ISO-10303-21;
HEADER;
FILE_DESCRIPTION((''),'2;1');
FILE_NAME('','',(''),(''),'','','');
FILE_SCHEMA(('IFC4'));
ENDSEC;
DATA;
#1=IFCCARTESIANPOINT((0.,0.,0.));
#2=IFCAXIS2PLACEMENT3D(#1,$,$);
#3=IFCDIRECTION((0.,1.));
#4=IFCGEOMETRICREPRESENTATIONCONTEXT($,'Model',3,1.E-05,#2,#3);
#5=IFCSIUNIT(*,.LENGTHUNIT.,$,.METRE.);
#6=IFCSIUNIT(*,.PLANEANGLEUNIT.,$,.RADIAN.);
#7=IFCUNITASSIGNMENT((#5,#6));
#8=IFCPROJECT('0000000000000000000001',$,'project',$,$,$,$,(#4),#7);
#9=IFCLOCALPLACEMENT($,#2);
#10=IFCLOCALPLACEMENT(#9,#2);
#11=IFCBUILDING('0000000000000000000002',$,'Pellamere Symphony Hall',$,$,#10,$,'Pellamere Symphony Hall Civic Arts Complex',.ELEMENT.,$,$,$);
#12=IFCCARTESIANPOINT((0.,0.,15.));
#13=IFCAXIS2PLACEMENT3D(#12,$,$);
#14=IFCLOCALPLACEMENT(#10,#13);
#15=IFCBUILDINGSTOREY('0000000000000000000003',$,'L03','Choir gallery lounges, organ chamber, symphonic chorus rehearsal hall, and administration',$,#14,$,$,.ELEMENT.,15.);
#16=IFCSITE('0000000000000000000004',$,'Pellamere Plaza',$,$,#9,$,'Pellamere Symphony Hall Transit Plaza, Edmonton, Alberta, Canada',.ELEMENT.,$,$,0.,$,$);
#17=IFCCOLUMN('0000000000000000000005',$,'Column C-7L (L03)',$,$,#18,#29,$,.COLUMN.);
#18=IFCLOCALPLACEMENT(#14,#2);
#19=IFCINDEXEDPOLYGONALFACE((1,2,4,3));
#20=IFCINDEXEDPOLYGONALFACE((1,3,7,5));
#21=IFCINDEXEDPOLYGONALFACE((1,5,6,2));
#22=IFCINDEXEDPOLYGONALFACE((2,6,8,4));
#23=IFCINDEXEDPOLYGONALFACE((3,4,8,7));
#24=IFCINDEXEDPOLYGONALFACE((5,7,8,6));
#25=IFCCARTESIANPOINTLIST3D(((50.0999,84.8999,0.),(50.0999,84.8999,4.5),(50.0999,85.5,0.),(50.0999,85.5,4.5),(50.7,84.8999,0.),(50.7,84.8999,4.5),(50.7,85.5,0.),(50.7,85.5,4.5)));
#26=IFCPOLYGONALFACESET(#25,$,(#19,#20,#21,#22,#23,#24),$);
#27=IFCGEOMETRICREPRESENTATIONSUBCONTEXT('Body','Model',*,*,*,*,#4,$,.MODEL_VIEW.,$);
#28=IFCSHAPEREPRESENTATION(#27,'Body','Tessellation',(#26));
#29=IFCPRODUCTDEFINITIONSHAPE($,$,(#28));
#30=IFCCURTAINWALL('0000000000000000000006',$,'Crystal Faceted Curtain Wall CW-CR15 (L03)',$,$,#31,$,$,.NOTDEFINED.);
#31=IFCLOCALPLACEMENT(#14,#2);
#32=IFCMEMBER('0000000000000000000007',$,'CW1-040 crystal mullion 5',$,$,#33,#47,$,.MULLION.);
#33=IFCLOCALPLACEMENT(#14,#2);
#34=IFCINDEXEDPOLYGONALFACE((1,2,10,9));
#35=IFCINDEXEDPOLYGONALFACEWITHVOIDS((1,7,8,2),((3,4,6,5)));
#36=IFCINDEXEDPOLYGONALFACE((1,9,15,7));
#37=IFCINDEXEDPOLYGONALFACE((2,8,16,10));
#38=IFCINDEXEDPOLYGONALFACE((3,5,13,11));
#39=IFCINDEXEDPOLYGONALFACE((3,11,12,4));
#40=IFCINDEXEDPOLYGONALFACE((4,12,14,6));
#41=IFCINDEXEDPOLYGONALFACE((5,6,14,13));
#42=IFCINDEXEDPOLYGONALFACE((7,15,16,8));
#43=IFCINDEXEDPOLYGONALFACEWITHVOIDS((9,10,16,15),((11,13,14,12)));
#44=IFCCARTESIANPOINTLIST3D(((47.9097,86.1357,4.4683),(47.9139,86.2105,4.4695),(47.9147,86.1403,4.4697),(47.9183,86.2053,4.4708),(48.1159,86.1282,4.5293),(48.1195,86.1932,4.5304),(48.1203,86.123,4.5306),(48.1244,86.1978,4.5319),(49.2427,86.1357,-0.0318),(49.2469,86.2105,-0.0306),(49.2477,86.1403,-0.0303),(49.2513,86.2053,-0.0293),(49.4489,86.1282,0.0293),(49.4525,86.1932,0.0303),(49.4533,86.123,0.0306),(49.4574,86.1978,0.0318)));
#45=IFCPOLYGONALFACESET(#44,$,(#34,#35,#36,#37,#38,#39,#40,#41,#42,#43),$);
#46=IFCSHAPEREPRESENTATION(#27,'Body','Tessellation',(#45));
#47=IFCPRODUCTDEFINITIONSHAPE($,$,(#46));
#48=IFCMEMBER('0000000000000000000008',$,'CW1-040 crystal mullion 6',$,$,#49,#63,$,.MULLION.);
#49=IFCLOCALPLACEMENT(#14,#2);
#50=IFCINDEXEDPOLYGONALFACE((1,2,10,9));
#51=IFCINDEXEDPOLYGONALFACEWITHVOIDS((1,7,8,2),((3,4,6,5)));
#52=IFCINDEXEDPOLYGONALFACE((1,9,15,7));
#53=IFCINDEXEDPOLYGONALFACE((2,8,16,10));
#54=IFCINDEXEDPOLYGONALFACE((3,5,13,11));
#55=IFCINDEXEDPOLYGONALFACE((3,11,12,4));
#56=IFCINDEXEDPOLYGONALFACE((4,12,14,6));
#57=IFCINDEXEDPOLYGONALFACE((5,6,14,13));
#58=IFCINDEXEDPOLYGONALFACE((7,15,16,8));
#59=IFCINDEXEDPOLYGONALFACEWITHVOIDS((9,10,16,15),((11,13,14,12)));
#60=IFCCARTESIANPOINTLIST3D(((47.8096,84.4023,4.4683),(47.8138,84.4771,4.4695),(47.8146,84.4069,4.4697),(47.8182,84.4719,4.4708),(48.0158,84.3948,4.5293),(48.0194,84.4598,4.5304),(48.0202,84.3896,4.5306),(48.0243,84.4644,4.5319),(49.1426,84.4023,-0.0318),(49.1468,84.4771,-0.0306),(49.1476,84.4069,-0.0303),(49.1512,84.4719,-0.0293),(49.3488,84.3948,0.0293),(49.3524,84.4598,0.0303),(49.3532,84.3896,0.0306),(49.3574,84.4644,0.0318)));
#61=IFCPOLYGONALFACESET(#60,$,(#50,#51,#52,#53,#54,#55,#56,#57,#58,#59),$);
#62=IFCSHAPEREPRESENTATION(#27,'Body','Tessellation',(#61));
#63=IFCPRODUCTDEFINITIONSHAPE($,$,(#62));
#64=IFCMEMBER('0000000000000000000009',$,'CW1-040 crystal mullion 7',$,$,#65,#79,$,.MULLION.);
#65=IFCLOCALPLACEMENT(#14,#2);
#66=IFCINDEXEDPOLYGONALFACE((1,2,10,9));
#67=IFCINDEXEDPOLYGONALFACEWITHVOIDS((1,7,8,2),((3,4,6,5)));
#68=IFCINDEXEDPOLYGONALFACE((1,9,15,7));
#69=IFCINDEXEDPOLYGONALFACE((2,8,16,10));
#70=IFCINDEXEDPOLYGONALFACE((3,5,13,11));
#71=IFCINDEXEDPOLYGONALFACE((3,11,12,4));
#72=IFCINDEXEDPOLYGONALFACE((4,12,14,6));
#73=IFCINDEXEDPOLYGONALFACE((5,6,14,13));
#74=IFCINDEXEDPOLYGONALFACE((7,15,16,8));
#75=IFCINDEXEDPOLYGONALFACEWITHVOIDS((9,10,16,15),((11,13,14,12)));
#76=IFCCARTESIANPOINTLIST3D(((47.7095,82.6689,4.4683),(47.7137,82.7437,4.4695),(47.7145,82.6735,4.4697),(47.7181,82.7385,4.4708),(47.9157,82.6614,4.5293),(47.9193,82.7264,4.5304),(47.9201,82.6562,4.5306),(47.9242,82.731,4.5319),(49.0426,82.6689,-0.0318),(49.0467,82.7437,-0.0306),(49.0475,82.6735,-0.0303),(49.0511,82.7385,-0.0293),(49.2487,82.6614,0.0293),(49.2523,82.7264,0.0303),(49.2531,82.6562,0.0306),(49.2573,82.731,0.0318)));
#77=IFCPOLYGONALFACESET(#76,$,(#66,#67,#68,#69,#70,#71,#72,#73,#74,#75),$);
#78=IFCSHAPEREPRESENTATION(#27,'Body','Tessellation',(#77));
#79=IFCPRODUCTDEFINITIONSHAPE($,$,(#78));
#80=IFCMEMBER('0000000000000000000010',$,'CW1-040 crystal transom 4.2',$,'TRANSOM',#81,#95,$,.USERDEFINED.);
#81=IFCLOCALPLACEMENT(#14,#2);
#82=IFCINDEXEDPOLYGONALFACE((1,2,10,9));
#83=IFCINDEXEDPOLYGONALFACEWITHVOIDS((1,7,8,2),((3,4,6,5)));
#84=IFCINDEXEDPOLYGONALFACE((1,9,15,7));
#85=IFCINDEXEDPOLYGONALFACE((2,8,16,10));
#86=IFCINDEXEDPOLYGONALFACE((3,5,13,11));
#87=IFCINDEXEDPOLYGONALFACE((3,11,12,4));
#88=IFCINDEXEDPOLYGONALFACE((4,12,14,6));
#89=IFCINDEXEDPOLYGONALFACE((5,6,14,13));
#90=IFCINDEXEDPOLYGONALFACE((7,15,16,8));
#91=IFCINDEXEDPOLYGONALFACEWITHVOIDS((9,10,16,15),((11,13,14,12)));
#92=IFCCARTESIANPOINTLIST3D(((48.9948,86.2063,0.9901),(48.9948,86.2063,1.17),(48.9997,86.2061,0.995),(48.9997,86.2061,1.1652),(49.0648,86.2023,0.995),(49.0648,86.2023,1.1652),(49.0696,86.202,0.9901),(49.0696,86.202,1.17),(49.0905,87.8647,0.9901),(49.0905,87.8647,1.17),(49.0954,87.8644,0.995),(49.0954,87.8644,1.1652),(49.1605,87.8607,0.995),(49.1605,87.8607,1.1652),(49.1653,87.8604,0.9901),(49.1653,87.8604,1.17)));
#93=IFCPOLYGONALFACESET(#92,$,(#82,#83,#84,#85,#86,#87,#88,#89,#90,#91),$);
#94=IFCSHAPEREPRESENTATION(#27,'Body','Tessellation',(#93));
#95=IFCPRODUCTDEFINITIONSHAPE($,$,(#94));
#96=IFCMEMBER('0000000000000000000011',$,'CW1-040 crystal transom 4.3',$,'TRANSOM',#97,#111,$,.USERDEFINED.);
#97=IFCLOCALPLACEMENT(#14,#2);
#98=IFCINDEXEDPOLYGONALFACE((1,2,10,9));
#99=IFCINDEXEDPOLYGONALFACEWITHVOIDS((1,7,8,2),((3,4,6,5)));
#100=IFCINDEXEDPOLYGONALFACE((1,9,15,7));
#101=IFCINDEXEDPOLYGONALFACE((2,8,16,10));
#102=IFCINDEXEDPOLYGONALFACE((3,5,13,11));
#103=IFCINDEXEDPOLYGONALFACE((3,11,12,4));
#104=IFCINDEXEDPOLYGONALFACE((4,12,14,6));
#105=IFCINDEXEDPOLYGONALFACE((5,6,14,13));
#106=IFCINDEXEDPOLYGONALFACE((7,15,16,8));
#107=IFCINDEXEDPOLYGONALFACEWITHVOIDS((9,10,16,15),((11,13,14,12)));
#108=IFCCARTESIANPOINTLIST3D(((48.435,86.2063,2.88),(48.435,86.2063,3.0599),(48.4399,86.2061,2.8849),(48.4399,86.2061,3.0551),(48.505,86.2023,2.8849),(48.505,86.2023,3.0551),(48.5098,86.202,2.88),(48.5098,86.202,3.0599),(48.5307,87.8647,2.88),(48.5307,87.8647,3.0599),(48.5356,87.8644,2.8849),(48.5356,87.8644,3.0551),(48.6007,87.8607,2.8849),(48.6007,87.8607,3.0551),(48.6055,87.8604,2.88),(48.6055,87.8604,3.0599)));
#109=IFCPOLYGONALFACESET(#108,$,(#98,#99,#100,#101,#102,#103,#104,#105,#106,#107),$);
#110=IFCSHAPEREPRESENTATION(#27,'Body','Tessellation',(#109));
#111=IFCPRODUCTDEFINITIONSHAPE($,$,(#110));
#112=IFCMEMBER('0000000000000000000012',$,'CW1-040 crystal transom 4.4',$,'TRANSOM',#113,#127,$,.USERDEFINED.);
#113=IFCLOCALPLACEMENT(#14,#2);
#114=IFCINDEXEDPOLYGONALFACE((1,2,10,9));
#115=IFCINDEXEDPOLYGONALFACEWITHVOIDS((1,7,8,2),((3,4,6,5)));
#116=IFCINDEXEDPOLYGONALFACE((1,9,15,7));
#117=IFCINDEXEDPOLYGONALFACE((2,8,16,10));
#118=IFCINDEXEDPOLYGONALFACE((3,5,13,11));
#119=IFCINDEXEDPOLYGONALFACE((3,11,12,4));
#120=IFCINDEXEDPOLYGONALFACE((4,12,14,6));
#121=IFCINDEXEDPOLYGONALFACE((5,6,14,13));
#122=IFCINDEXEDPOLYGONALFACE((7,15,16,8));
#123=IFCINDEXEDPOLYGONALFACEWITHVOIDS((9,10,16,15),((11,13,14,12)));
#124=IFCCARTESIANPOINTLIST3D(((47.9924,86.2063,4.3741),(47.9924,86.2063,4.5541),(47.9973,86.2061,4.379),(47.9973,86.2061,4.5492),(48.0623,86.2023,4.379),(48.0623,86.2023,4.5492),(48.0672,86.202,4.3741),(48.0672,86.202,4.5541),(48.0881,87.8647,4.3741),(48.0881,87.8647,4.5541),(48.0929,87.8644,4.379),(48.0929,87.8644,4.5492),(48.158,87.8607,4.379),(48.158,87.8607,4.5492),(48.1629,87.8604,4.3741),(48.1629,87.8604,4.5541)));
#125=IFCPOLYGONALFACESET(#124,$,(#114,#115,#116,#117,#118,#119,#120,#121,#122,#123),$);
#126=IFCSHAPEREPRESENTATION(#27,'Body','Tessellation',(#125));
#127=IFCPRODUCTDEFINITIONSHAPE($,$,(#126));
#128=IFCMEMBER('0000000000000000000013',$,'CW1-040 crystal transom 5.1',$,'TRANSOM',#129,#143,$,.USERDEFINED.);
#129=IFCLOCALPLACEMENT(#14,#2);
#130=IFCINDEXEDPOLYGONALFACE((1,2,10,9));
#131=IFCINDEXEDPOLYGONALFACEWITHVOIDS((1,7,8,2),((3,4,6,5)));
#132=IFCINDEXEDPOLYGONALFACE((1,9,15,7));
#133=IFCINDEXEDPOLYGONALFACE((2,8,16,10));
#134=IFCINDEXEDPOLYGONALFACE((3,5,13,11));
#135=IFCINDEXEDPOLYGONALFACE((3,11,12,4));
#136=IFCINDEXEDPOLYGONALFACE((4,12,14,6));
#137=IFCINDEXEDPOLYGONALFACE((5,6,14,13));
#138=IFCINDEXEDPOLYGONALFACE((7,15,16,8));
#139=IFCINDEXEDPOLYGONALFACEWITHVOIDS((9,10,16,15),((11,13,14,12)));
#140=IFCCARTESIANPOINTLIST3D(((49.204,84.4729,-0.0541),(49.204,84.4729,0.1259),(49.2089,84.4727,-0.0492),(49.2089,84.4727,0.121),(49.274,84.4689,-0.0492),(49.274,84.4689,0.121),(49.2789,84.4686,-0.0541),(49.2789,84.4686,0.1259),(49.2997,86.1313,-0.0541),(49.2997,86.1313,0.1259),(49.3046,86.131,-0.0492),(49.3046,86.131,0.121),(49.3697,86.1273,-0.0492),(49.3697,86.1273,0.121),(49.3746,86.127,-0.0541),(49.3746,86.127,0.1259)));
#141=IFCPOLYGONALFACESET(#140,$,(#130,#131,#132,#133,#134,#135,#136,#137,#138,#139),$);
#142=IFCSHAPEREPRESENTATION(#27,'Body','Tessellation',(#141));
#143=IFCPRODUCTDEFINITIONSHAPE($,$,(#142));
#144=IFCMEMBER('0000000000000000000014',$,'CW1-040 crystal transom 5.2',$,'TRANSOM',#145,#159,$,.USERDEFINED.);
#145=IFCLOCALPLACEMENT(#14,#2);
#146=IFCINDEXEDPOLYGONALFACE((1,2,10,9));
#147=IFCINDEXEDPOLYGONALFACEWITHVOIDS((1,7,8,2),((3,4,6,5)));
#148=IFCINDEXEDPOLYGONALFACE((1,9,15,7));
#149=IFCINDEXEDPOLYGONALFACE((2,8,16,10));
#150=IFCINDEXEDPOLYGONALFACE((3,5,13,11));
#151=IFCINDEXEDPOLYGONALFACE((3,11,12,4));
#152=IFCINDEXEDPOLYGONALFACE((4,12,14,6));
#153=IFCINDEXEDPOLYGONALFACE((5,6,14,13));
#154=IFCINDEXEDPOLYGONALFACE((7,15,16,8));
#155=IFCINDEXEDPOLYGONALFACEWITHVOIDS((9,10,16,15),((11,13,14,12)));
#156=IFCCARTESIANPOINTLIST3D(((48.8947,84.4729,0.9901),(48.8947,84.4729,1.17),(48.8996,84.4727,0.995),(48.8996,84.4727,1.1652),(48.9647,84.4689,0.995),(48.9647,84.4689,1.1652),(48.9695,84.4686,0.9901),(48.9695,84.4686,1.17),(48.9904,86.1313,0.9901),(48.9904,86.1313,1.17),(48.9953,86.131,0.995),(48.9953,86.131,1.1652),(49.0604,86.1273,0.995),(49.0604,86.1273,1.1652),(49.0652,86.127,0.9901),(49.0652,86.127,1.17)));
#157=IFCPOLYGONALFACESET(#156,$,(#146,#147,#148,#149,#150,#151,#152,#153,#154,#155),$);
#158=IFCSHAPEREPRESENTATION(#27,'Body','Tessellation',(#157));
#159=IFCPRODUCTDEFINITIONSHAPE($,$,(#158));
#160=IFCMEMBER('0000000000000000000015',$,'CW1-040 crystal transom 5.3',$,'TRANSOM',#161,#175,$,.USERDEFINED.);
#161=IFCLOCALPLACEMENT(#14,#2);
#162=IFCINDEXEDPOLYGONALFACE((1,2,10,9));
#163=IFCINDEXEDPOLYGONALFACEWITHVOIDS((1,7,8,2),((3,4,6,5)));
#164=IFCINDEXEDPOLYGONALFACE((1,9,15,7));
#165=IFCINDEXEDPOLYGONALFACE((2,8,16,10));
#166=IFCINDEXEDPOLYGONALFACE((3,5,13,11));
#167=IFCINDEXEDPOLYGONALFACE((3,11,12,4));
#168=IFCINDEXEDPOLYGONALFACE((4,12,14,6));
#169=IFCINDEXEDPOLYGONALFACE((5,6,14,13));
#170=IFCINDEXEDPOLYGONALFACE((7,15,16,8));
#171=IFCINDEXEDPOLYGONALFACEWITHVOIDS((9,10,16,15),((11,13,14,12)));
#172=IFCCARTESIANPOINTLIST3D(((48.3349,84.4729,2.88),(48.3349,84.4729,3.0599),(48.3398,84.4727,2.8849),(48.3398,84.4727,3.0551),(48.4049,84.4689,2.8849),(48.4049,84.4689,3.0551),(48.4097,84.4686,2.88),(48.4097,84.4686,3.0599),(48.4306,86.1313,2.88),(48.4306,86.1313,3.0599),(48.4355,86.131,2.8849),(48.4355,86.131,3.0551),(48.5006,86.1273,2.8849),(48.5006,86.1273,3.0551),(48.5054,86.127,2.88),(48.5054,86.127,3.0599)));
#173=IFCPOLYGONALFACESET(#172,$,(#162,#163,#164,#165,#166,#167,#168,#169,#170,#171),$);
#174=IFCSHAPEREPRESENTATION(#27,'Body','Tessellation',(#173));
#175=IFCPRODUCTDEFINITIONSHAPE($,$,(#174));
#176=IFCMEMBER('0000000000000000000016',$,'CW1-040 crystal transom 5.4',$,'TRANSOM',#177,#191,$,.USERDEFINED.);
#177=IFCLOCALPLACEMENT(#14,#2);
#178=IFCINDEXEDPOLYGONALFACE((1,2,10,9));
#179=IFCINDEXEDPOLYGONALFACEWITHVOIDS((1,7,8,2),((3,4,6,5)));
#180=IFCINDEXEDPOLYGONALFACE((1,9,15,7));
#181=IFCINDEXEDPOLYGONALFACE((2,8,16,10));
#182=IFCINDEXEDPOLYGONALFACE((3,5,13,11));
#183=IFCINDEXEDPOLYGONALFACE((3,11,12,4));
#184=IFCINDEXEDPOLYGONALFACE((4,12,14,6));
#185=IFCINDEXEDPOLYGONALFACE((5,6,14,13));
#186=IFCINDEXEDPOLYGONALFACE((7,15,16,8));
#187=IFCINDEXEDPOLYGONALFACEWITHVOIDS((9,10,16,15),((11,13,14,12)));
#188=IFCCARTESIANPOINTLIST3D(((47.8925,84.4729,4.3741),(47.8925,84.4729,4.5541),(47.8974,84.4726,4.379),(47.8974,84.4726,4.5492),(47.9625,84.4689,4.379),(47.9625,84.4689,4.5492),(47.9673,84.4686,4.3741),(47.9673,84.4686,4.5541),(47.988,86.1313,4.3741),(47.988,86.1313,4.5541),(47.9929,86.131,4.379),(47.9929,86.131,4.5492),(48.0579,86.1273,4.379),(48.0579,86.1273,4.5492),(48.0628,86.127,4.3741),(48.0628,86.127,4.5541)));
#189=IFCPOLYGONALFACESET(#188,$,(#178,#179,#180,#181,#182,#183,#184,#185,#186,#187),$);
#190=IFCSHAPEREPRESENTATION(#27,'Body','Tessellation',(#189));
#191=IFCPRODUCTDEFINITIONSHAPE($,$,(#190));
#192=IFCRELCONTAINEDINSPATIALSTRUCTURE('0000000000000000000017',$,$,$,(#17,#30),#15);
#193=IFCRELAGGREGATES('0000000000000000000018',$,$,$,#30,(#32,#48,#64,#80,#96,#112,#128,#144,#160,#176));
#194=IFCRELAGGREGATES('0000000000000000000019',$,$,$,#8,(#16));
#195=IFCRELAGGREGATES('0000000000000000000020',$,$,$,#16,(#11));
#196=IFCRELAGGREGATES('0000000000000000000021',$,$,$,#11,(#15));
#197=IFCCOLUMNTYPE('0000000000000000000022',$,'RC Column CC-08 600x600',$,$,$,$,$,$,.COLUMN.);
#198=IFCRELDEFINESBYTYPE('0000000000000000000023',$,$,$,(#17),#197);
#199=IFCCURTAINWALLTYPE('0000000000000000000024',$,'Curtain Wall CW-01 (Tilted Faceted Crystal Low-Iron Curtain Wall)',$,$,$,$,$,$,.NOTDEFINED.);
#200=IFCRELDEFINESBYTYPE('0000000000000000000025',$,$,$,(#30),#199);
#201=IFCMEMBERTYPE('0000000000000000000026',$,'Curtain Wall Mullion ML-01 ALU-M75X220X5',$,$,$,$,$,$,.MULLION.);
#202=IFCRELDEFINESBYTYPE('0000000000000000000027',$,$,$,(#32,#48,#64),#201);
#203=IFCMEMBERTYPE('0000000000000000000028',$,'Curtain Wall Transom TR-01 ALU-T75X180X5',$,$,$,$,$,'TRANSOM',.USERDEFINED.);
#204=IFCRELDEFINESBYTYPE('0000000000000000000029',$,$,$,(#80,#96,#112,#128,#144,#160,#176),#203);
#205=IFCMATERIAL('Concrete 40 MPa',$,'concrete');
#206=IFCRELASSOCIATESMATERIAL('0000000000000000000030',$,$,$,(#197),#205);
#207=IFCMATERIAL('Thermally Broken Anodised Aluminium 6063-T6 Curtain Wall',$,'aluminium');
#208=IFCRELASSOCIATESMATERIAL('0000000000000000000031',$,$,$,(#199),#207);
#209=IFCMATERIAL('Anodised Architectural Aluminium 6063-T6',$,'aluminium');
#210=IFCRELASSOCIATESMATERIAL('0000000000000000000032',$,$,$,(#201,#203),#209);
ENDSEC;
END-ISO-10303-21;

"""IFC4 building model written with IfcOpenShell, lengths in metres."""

from ifc_helpers import new_model, si_unit, direction, frame, origin, origin_2d, place, context, subcontext, project, spatial, rectangle, hollow_rectangle, extrude, material, material_profile, profile_set, type_object, element, aggregate, save


model = new_model("IFC4")

# Units and contexts
model_context = context("Model", 3, precision=1e-05, world=origin(), true_north=direction((0.0, 1.0)))
body_context = subcontext(model_context, "Body", "Model", "MODEL_VIEW")
ifc_project = project(units=[si_unit("LENGTHUNIT", "METRE"), si_unit("PLANEANGLEUNIT", "RADIAN")], contexts=[model_context])

# Site, building, storey
site_placement = place(None, origin())
site = spatial("IfcSite", under=ifc_project, at=site_placement, Name="Pellamere Plaza", LongName="Pellamere Symphony Hall Transit Plaza, Edmonton, Alberta, Canada", CompositionType="ELEMENT", RefElevation=0.0)
building_placement = place(site_placement, origin())
building = spatial("IfcBuilding", under=site, at=building_placement, Name="Pellamere Symphony Hall", LongName="Pellamere Symphony Hall Civic Arts Complex", CompositionType="ELEMENT")
storey_placement = place(building_placement, frame((0.0, 0.0, 15.0)))
storey = spatial("IfcBuildingStorey", under=building, at=storey_placement, Name="L03", Description="Choir gallery lounges, organ chamber, symphonic chorus rehearsal hall, and administration", CompositionType="ELEMENT", Elevation=15.0)

# Column
ifc_material_1 = material(Name="Concrete 40 MPa", Category="concrete")
ifc_material_profile_1 = material_profile(ifc_material_1, rectangle(XDim=0.6001, YDim=0.6001, at=origin_2d()), Name="RC 600x600")
ifc_profile_set_1 = profile_set([ifc_material_profile_1], Name="Concrete 40 MPa")
column_type = type_object("IfcColumnType", Name="RC Column CC-08 600x600", PredefinedType="COLUMN", material=ifc_profile_set_1)
column_placement = place(storey_placement, frame((50.3999, 85.2, 0.0), z_axis=(0.0, 0.0, 1.0), x_axis=(1.0, 0.0, 0.0)))
element("IfcColumn", 1, at=column_placement, inside=storey, type_object=column_type, Name="Column C-7L (L03)", PredefinedType="COLUMN", context=body_context, shape_type="SweptSolid", body=[
    extrude(rectangle(XDim=0.6001, YDim=0.6001, at=origin_2d()), origin(), (0.0, 0.0, 1.0), 4.5),
])

# Curtain wall, members
ifc_material_2 = material(Name="Thermally Broken Anodised Aluminium 6063-T6 Curtain Wall", Category="aluminium")
curtain_wall_type = type_object("IfcCurtainWallType", Name="Curtain Wall CW-01 (Tilted Faceted Crystal Low-Iron Curtain Wall)", PredefinedType="NOTDEFINED", material=ifc_material_2)
curtain_wall_placement = place(storey_placement, origin())
curtain_wall = element("IfcCurtainWall", 2, at=curtain_wall_placement, inside=storey, type_object=curtain_wall_type, Name="Crystal Faceted Curtain Wall CW-CR15 (L03)", PredefinedType="NOTDEFINED")
ifc_material_3 = material(Name="Anodised Architectural Aluminium 6063-T6", Category="aluminium")
ifc_material_profile_2 = material_profile(ifc_material_3, hollow_rectangle(XDim=0.075, YDim=0.22, WallThickness=0.0049, at=origin_2d()), Name="ALU-M75X220X5")
ifc_profile_set_2 = profile_set([ifc_material_profile_2], Name="Anodised Architectural Aluminium 6063-T6")
member_type_1 = type_object("IfcMemberType", Name="Curtain Wall Mullion ML-01 ALU-M75X220X5", PredefinedType="MULLION", material=ifc_profile_set_2)
member_1_placement = place(storey_placement, frame((49.3501, 86.1667, 0.0), z_axis=(-0.284025, 0.0, 0.958817), x_axis=(-0.055225, -0.99834, -0.016359)))
member_1 = element("IfcMember", 3, at=member_1_placement, type_object=member_type_1, Name="CW1-040 crystal mullion 5", PredefinedType="MULLION", context=body_context, shape_type="SweptSolid", body=[
    extrude(hollow_rectangle(XDim=0.075, YDim=0.22, WallThickness=0.0049, at=origin_2d()), origin(), (0.0, 0.0, 1.0), 4.6934),
])
member_2_placement = place(storey_placement, frame((49.25, 84.4333, 0.0), z_axis=(-0.284025, 0.0, 0.958817), x_axis=(-0.055225, -0.99834, -0.016359)))
member_2 = element("IfcMember", 4, at=member_2_placement, type_object=member_type_1, Name="CW1-040 crystal mullion 6", PredefinedType="MULLION", context=body_context, shape_type="SweptSolid", body=[
    extrude(hollow_rectangle(XDim=0.075, YDim=0.22, WallThickness=0.0049, at=origin_2d()), origin(), (0.0, 0.0, 1.0), 4.6934),
])
member_3_placement = place(storey_placement, frame((49.1499, 82.7, 0.0), z_axis=(-0.284025, 0.0, 0.958817), x_axis=(-0.055225, -0.99834, -0.016359)))
member_3 = element("IfcMember", 5, at=member_3_placement, type_object=member_type_1, Name="CW1-040 crystal mullion 7", PredefinedType="MULLION", context=body_context, shape_type="SweptSolid", body=[
    extrude(hollow_rectangle(XDim=0.075, YDim=0.22, WallThickness=0.0049, at=origin_2d()), origin(), (0.0, 0.0, 1.0), 4.6934),
])
ifc_material_profile_3 = material_profile(ifc_material_3, hollow_rectangle(XDim=0.075, YDim=0.1799, WallThickness=0.0049, at=origin_2d()), Name="ALU-T75X180X5")
ifc_profile_set_3 = profile_set([ifc_material_profile_3], Name="Anodised Architectural Aluminium 6063-T6")
member_type_2 = type_object("IfcMemberType", Name="Curtain Wall Transom TR-01 ALU-T75X180X5", ElementType="TRANSOM", PredefinedType="USERDEFINED", material=ifc_profile_set_3)
member_4_placement = place(storey_placement, frame((49.1279, 87.8625, 1.0801), z_axis=(-0.057611, -0.998339, 0.0), x_axis=(0.998339, -0.057611, 0.0)))
member_4 = element("IfcMember", 6, at=member_4_placement, type_object=member_type_2, Name="CW1-040 crystal transom 4.2", ObjectType="TRANSOM", PredefinedType="USERDEFINED", context=body_context, shape_type="SweptSolid", body=[
    extrude(hollow_rectangle(XDim=0.075, YDim=0.1799, WallThickness=0.0049, at=origin_2d()), origin(), (0.0, 0.0, 1.0), 1.6611),
])
member_5_placement = place(storey_placement, frame((48.5681, 87.8625, 2.97), z_axis=(-0.057611, -0.998339, 0.0), x_axis=(0.998339, -0.057611, 0.0)))
member_5 = element("IfcMember", 7, at=member_5_placement, type_object=member_type_2, Name="CW1-040 crystal transom 4.3", ObjectType="TRANSOM", PredefinedType="USERDEFINED", context=body_context, shape_type="SweptSolid", body=[
    extrude(hollow_rectangle(XDim=0.075, YDim=0.1799, WallThickness=0.0049, at=origin_2d()), origin(), (0.0, 0.0, 1.0), 1.6611),
])
member_6_placement = place(storey_placement, frame((48.1255, 87.8625, 4.4641), z_axis=(-0.057611, -0.998339, 0.0), x_axis=(0.998339, -0.057611, 0.0)))
member_6 = element("IfcMember", 8, at=member_6_placement, type_object=member_type_2, Name="CW1-040 crystal transom 4.4", ObjectType="TRANSOM", PredefinedType="USERDEFINED", context=body_context, shape_type="SweptSolid", body=[
    extrude(hollow_rectangle(XDim=0.075, YDim=0.1799, WallThickness=0.0049, at=origin_2d()), origin(), (0.0, 0.0, 1.0), 1.6611),
])
member_7_placement = place(storey_placement, frame((49.3372, 86.1292, 0.0359), z_axis=(-0.057611, -0.998339, 0.0), x_axis=(0.998339, -0.057611, 0.0)))
member_7 = element("IfcMember", 9, at=member_7_placement, type_object=member_type_2, Name="CW1-040 crystal transom 5.1", ObjectType="TRANSOM", PredefinedType="USERDEFINED", context=body_context, shape_type="SweptSolid", body=[
    extrude(hollow_rectangle(XDim=0.075, YDim=0.1799, WallThickness=0.0049, at=origin_2d()), origin(), (0.0, 0.0, 1.0), 1.6611),
])
member_8_placement = place(storey_placement, frame((49.0278, 86.1292, 1.0801), z_axis=(-0.057611, -0.998339, 0.0), x_axis=(0.998339, -0.057611, 0.0)))
member_8 = element("IfcMember", 10, at=member_8_placement, type_object=member_type_2, Name="CW1-040 crystal transom 5.2", ObjectType="TRANSOM", PredefinedType="USERDEFINED", context=body_context, shape_type="SweptSolid", body=[
    extrude(hollow_rectangle(XDim=0.075, YDim=0.1799, WallThickness=0.0049, at=origin_2d()), origin(), (0.0, 0.0, 1.0), 1.6611),
])
member_9_placement = place(storey_placement, frame((48.468, 86.1292, 2.97), z_axis=(-0.057611, -0.998339, 0.0), x_axis=(0.998339, -0.057611, 0.0)))
member_9 = element("IfcMember", 11, at=member_9_placement, type_object=member_type_2, Name="CW1-040 crystal transom 5.3", ObjectType="TRANSOM", PredefinedType="USERDEFINED", context=body_context, shape_type="SweptSolid", body=[
    extrude(hollow_rectangle(XDim=0.075, YDim=0.1799, WallThickness=0.0049, at=origin_2d()), origin(), (0.0, 0.0, 1.0), 1.6611),
])
member_10_placement = place(storey_placement, frame((48.0254, 86.1292, 4.4641), z_axis=(-0.057464, -0.998348, 0.0), x_axis=(0.998348, -0.057464, 0.0)))
member_10 = element("IfcMember", 12, at=member_10_placement, type_object=member_type_2, Name="CW1-040 crystal transom 5.4", ObjectType="TRANSOM", PredefinedType="USERDEFINED", context=body_context, shape_type="SweptSolid", body=[
    extrude(hollow_rectangle(XDim=0.075, YDim=0.1799, WallThickness=0.0049, at=origin_2d()), origin(), (0.0, 0.0, 1.0), 1.6611),
])
aggregate(curtain_wall, [member_1, member_2, member_3, member_4, member_5, member_6, member_7, member_8, member_9, member_10])

save(model, "model.ifc")
